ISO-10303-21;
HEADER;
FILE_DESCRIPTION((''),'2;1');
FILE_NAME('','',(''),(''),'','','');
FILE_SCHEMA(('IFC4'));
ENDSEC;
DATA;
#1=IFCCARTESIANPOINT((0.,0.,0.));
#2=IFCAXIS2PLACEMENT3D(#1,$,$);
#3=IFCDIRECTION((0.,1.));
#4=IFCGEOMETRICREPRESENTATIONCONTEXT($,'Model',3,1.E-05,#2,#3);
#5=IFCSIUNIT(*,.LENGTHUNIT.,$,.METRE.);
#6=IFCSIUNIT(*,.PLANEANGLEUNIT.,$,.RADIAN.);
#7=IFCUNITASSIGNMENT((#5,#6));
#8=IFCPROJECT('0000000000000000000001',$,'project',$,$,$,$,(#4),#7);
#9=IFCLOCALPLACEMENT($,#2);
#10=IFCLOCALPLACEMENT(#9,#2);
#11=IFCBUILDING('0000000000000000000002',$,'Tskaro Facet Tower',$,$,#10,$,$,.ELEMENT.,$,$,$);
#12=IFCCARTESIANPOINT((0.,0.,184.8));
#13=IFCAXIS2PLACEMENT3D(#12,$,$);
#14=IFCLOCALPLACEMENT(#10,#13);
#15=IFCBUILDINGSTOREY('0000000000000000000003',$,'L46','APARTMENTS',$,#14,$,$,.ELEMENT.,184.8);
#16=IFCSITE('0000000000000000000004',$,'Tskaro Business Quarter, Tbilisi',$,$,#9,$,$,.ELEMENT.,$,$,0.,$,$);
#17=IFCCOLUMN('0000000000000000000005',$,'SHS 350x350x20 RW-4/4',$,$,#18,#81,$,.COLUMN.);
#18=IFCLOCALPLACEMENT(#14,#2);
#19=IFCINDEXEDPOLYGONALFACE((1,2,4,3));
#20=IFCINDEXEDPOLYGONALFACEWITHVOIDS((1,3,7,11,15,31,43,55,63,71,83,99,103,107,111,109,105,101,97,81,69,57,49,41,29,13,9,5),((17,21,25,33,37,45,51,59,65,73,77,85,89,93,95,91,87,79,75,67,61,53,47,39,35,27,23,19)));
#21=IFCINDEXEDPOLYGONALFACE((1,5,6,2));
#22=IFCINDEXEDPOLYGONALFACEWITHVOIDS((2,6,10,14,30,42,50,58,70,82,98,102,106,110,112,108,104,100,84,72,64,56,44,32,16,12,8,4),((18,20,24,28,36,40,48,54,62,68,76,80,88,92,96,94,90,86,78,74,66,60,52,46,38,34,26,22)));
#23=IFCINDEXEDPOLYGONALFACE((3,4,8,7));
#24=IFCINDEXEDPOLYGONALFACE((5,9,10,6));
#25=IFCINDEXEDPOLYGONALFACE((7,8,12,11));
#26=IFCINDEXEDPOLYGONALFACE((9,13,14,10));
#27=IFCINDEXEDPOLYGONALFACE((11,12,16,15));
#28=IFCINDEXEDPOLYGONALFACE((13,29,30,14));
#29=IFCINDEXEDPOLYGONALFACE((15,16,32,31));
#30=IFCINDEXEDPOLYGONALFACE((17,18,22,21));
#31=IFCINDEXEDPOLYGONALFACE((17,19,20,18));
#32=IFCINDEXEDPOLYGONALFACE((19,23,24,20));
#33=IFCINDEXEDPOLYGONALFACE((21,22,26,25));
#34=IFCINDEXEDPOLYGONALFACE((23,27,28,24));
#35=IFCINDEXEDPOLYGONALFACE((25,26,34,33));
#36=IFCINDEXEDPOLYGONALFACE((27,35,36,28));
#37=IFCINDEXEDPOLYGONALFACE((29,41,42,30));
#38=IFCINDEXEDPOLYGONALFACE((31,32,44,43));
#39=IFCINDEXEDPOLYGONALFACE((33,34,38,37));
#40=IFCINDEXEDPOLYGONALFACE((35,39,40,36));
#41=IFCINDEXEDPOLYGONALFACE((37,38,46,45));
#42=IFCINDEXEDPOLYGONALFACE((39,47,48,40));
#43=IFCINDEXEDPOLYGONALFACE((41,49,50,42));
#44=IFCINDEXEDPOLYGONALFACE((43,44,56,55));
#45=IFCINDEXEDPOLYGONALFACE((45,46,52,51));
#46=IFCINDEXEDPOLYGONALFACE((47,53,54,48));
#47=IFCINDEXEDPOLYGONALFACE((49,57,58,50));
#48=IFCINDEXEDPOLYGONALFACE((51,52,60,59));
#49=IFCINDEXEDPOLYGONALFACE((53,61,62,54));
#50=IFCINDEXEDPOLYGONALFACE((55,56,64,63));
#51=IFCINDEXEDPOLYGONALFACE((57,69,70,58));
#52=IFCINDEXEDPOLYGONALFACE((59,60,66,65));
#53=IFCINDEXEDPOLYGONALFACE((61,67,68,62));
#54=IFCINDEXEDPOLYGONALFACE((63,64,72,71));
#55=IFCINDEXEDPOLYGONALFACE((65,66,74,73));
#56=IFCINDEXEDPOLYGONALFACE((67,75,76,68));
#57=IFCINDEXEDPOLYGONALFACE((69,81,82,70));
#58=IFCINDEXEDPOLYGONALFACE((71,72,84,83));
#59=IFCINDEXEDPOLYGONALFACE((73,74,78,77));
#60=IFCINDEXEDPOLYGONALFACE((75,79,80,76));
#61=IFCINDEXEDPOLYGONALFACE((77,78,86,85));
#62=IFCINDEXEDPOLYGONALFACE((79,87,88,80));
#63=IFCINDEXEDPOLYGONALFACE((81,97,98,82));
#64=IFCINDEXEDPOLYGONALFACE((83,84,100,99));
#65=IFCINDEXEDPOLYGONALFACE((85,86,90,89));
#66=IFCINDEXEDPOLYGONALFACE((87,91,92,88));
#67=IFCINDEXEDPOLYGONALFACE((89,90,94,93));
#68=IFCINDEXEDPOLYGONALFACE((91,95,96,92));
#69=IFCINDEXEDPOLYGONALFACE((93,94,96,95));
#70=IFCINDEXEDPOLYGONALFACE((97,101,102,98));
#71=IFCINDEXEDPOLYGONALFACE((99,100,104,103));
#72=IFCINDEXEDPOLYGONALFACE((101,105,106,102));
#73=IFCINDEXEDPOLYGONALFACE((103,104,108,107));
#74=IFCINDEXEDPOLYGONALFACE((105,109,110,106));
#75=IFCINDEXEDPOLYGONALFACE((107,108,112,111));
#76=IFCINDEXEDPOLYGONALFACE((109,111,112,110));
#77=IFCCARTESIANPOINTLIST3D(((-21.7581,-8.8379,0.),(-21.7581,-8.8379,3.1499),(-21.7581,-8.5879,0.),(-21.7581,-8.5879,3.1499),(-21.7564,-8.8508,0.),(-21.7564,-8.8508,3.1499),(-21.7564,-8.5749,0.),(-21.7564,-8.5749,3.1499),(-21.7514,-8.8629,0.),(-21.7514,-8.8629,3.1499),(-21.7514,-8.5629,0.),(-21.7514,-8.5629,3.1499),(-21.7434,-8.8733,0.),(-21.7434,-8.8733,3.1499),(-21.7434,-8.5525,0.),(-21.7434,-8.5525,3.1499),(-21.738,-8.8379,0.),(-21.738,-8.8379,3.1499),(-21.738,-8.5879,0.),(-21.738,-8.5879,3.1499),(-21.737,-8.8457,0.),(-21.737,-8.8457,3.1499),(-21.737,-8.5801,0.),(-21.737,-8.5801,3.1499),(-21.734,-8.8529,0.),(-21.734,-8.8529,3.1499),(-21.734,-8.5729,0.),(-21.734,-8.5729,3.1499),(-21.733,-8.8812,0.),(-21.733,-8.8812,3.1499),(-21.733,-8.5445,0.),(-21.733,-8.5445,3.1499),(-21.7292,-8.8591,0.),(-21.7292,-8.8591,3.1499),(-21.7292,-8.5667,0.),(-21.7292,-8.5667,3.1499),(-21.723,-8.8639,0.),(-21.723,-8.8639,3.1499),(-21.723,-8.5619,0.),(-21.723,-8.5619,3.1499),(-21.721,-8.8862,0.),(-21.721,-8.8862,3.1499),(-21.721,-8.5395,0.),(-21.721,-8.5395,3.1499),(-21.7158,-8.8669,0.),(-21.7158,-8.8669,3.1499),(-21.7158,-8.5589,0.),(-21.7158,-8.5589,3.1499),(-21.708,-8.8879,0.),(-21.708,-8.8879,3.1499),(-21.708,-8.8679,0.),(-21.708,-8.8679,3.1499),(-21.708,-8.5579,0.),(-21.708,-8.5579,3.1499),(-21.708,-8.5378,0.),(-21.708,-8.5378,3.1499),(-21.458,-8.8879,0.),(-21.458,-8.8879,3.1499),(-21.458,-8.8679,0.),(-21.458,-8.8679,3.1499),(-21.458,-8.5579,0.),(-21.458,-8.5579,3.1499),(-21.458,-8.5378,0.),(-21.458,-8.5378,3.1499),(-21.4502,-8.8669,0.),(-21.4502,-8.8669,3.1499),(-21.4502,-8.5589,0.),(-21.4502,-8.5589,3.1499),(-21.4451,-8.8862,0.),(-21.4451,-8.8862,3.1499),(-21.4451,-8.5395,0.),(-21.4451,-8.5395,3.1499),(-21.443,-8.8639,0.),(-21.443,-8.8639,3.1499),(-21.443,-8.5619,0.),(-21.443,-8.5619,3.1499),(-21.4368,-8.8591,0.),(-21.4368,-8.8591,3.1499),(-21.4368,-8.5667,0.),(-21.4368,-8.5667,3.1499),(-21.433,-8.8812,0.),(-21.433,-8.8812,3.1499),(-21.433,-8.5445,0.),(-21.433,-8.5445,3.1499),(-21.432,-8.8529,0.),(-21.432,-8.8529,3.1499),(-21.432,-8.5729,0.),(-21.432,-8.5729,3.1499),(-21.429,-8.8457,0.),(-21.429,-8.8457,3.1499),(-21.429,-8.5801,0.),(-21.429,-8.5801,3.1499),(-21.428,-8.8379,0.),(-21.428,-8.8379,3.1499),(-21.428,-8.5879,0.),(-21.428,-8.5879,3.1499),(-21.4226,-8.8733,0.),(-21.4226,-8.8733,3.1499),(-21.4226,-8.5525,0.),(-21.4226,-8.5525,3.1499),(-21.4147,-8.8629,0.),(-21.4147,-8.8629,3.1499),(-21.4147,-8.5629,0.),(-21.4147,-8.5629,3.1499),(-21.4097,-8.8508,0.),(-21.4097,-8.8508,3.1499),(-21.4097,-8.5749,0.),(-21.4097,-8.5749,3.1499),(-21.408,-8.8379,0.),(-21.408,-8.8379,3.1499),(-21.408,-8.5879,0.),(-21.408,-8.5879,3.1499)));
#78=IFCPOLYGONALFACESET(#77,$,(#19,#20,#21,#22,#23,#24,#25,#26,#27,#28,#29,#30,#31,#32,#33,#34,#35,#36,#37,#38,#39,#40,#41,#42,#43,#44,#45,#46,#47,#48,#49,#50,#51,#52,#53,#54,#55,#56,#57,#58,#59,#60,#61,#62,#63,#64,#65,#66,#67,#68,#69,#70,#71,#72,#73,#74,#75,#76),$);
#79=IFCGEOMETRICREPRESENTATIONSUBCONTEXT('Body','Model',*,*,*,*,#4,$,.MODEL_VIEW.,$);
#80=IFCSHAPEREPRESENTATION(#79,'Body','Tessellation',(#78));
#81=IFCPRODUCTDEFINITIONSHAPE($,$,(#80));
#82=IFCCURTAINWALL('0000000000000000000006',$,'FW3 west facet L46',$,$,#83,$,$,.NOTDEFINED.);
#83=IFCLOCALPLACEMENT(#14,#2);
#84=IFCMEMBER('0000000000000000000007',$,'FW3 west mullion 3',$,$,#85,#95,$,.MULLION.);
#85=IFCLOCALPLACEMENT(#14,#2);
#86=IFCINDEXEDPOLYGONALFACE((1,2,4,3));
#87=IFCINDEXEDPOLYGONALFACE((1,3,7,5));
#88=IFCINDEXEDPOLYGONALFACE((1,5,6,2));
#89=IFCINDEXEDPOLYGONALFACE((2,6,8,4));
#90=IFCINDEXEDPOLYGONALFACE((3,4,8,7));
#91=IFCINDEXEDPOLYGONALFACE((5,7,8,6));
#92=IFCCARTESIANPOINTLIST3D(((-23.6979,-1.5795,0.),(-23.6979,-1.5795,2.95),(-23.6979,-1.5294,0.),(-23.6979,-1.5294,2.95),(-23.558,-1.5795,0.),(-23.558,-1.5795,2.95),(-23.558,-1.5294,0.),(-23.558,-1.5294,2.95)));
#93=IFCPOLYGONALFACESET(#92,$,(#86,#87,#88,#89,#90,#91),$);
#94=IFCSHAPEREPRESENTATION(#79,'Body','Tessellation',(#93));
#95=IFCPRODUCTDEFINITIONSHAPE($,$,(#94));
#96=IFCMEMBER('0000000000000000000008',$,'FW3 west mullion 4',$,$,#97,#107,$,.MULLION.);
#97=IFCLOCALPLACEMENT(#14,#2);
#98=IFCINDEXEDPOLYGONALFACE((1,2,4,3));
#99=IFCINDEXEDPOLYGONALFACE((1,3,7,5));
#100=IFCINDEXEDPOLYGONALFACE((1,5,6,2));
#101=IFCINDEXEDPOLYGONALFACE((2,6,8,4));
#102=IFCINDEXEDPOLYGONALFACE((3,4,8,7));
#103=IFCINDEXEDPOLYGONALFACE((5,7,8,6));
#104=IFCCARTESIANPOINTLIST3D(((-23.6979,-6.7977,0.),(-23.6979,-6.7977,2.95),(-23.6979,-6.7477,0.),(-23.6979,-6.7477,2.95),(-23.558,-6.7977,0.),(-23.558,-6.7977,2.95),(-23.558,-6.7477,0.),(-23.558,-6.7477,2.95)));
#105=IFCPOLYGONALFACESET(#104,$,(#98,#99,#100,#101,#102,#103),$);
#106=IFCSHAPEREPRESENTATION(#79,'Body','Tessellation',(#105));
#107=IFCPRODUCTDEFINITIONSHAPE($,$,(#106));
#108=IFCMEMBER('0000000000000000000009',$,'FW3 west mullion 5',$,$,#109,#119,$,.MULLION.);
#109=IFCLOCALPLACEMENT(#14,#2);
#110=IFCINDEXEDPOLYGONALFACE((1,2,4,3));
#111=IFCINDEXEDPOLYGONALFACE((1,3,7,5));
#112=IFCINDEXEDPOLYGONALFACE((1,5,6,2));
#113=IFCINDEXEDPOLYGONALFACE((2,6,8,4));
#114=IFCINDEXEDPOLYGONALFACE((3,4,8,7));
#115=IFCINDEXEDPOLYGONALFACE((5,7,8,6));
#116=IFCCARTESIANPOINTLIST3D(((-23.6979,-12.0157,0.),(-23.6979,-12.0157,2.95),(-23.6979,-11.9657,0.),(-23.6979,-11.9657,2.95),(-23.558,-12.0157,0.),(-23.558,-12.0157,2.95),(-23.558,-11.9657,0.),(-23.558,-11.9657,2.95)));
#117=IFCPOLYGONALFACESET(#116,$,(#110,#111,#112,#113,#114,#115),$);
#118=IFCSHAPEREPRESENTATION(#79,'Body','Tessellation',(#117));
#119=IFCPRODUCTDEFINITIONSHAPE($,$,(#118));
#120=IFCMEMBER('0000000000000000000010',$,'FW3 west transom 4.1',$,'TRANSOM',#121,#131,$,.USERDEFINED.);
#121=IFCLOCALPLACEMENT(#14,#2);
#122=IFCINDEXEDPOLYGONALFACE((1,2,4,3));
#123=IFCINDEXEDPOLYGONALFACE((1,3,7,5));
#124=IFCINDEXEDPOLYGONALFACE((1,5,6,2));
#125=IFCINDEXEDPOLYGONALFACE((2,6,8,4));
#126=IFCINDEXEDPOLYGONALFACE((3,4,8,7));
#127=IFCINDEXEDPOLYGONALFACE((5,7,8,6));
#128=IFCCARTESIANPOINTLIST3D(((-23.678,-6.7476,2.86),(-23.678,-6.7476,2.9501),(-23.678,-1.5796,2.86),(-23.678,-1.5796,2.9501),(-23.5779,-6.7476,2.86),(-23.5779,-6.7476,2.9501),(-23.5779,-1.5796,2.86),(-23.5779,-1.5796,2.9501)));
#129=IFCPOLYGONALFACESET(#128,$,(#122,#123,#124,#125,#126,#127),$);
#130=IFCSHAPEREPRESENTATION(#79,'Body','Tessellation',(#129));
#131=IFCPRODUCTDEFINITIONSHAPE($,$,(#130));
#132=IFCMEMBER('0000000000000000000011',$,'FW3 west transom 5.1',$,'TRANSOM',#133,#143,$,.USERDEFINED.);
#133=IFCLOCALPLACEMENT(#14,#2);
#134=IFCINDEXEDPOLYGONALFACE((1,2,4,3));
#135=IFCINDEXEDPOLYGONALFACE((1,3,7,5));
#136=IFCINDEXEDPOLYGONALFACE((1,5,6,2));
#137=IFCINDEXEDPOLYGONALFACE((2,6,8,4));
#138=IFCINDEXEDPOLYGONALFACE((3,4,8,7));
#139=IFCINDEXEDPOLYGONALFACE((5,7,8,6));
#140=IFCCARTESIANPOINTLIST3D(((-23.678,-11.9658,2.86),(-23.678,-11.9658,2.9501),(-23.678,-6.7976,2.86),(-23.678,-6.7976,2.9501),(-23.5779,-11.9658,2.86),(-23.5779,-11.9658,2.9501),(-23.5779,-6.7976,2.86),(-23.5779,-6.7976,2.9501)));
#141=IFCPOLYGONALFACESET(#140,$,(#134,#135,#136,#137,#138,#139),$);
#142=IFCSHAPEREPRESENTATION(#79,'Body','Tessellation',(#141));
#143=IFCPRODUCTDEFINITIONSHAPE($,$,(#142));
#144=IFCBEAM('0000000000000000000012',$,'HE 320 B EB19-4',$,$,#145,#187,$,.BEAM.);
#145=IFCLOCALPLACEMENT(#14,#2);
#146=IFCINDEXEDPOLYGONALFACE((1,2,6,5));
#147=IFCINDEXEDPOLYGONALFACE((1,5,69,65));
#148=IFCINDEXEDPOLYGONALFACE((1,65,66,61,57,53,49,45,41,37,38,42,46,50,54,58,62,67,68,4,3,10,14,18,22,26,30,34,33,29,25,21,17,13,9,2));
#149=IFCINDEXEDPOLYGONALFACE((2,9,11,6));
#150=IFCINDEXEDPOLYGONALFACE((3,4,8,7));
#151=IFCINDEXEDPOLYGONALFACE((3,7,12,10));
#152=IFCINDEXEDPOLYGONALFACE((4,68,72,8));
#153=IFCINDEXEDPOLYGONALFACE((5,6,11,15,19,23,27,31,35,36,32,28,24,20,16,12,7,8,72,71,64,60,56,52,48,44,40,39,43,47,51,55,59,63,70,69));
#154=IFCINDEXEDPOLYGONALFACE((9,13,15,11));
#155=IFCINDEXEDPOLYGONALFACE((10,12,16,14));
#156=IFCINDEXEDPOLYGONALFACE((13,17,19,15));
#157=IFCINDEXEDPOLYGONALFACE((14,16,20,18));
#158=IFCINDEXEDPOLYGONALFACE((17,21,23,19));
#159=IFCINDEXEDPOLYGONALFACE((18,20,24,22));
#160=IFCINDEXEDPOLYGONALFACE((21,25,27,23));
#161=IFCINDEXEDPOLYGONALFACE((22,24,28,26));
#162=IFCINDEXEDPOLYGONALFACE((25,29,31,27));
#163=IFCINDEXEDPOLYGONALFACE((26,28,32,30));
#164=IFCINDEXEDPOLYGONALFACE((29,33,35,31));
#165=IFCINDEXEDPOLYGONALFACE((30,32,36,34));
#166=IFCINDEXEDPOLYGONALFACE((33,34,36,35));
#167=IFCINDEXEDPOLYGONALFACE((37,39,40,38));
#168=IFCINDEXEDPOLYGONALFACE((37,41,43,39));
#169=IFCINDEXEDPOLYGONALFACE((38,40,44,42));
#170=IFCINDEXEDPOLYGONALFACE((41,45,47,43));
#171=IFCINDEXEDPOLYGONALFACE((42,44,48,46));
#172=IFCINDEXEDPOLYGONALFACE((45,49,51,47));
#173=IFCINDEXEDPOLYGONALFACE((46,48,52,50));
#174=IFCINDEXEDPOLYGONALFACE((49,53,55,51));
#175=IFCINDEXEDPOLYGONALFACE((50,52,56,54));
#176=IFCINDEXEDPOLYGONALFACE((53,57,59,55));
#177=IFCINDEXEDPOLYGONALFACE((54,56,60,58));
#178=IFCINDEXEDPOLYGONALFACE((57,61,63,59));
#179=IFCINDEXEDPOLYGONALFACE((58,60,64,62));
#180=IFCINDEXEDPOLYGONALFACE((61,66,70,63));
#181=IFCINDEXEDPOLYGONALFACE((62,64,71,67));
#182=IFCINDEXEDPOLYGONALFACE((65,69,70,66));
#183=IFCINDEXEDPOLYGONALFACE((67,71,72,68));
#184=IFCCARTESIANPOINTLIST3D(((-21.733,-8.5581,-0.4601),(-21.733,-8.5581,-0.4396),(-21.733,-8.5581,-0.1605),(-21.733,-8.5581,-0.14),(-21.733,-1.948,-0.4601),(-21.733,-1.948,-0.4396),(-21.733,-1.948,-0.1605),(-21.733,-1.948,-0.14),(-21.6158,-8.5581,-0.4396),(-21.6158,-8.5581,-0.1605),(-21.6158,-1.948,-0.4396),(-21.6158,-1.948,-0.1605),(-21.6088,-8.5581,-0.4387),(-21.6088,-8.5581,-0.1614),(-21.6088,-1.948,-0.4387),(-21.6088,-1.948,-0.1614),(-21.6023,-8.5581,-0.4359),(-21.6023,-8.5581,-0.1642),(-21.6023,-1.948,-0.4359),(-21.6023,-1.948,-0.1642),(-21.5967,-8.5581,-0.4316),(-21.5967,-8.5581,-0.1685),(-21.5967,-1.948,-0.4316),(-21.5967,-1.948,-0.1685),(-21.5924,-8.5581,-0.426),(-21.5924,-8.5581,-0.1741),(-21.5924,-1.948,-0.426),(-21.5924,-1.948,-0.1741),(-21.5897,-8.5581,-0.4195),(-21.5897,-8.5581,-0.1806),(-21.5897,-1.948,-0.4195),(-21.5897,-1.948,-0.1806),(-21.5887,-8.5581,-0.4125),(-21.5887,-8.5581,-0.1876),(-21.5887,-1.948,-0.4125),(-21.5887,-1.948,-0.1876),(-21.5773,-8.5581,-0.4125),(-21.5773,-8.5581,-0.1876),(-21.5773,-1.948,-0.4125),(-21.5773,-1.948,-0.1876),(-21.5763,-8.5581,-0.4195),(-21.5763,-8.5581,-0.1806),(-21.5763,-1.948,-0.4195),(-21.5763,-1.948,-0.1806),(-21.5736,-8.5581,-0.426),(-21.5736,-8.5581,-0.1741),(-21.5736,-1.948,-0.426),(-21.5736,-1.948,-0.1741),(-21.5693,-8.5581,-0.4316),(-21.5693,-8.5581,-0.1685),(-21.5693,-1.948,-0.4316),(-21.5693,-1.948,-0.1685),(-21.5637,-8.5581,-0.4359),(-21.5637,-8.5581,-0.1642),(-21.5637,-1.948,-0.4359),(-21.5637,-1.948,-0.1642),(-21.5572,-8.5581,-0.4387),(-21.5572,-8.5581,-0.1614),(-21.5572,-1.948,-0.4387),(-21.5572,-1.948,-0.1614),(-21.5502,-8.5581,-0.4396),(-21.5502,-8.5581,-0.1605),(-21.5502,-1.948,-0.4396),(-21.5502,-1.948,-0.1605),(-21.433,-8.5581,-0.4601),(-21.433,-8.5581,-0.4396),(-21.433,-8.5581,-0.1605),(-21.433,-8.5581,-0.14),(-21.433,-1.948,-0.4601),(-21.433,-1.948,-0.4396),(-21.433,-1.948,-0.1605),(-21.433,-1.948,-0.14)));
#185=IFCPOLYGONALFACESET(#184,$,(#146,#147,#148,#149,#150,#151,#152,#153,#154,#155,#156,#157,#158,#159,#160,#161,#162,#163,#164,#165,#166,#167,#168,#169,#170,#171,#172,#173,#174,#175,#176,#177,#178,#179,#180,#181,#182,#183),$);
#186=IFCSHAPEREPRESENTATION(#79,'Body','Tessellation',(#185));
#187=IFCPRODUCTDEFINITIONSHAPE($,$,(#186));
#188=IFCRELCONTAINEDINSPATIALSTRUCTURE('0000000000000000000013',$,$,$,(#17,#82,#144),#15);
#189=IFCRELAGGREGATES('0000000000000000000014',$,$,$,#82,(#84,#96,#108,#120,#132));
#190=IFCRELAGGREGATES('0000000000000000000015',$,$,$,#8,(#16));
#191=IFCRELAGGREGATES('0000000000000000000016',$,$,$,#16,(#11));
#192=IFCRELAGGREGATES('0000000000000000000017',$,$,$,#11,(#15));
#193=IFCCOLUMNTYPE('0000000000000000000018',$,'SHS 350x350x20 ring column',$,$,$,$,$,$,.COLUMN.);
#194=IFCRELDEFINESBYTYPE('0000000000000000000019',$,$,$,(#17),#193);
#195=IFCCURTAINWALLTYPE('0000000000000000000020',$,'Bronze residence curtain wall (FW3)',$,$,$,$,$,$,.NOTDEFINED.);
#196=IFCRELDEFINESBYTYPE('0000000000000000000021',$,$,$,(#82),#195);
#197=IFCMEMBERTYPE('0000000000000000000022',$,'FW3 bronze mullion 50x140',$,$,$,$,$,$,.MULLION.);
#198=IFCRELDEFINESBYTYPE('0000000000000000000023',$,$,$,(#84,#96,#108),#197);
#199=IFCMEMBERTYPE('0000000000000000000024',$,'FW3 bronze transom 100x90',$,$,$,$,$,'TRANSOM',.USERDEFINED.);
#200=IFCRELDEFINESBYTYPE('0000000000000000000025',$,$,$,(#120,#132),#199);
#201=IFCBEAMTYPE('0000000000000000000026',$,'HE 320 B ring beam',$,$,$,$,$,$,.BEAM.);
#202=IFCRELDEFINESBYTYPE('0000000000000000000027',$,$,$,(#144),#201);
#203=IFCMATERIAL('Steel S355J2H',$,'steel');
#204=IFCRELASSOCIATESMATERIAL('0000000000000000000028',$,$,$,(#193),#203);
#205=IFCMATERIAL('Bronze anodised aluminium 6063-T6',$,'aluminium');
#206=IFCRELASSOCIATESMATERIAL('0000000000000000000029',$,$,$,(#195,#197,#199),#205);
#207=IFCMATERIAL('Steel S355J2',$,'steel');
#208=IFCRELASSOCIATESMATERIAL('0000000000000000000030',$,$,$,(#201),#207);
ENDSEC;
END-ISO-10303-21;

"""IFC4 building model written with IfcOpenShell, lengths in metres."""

from ifc_helpers import new_model, si_unit, direction, frame, origin, origin_2d, place, context, subcontext, project, spatial, rectangle, hollow_rectangle, i_section, extrude, material, material_profile, profile_set, type_object, element, aggregate, save


model = new_model("IFC4")

# Units and contexts
model_context = context("Model", 3, precision=1e-05, world=origin(), true_north=direction((0.0, 1.0)))
body_context = subcontext(model_context, "Body", "Model", "MODEL_VIEW")
ifc_project = project(units=[si_unit("LENGTHUNIT", "METRE"), si_unit("PLANEANGLEUNIT", "RADIAN")], contexts=[model_context])

# Site, building, storey
site_placement = place(None, origin())
site = spatial("IfcSite", under=ifc_project, at=site_placement, Name="Tskaro Business Quarter, Tbilisi", CompositionType="ELEMENT", RefElevation=0.0)
building_placement = place(site_placement, origin())
building = spatial("IfcBuilding", under=site, at=building_placement, Name="Tskaro Facet Tower", CompositionType="ELEMENT")
storey_placement = place(building_placement, frame((0.0, 0.0, 184.8)))
storey = spatial("IfcBuildingStorey", under=building, at=storey_placement, Name="L46", Description="APARTMENTS", CompositionType="ELEMENT", Elevation=184.8)

# Column
ifc_material_1 = material(Name="Steel S355J2H", Category="steel")
ifc_material_profile_1 = material_profile(ifc_material_1, hollow_rectangle(XDim=0.3501, YDim=0.3501, WallThickness=0.02, InnerFilletRadius=0.03, OuterFilletRadius=0.05, at=origin_2d()), Name="SHS 350x350x20")
ifc_profile_set_1 = profile_set([ifc_material_profile_1], Name="Steel S355J2H")
column_type_1 = type_object("IfcColumnType", Name="SHS 350x350x20 ring column", PredefinedType="COLUMN", material=ifc_profile_set_1)
for number, where, z_axis, x_axis, name in (
    (1, (-21.583, -8.7129, 0.0), (0.0, 0.0, 1.0), (1.0, 0.0, 0.0), "SHS 350x350x20 RW-4/4"),
):
    element("IfcColumn", number, at=place(storey_placement, frame(where, z_axis=z_axis, x_axis=x_axis)), inside=storey, type_object=column_type_1, Name=name, PredefinedType="COLUMN", context=body_context, shape_type="SweptSolid", body=[
        extrude(hollow_rectangle(XDim=0.3501, YDim=0.3501, WallThickness=0.02, InnerFilletRadius=0.03, OuterFilletRadius=0.05, at=origin_2d()), origin(), (0.0, 0.0, 1.0), 3.1499),
    ])

# Curtain wall, members
ifc_material_2 = material(Name="Bronze anodised aluminium 6063-T6", Category="aluminium")
curtain_wall_type = type_object("IfcCurtainWallType", Name="Bronze residence curtain wall (FW3)", PredefinedType="NOTDEFINED", material=ifc_material_2)
curtain_wall_placement = place(storey_placement, origin())
curtain_wall = element("IfcCurtainWall", 2, at=curtain_wall_placement, inside=storey, type_object=curtain_wall_type, Name="FW3 west facet L46", PredefinedType="NOTDEFINED")
ifc_material_profile_2 = material_profile(ifc_material_2, rectangle(XDim=0.05, YDim=0.1399, at=origin_2d()), Name="Mullion 50x140")
ifc_profile_set_2 = profile_set([ifc_material_profile_2], Name="Bronze anodised aluminium 6063-T6")
member_type_1 = type_object("IfcMemberType", Name="FW3 bronze mullion 50x140", PredefinedType="MULLION", material=ifc_profile_set_2)
member_1_placement = place(storey_placement, frame((-23.6279, -1.5544, 0.0), z_axis=(0.0, 0.0, 1.0), x_axis=(0.0, -1.0, 0.0)))
member_1 = element("IfcMember", 3, at=member_1_placement, type_object=member_type_1, Name="FW3 west mullion 3", PredefinedType="MULLION", context=body_context, shape_type="SweptSolid", body=[
    extrude(rectangle(XDim=0.05, YDim=0.1399, at=origin_2d()), origin(), (0.0, 0.0, 1.0), 2.95),
])
member_2_placement = place(storey_placement, frame((-23.6279, -6.7727, 0.0), z_axis=(0.0, 0.0, 1.0), x_axis=(0.0, -1.0, 0.0)))
member_2 = element("IfcMember", 4, at=member_2_placement, type_object=member_type_1, Name="FW3 west mullion 4", PredefinedType="MULLION", context=body_context, shape_type="SweptSolid", body=[
    extrude(rectangle(XDim=0.05, YDim=0.1399, at=origin_2d()), origin(), (0.0, 0.0, 1.0), 2.95),
])
member_3_placement = place(storey_placement, frame((-23.6279, -11.9907, 0.0), z_axis=(0.0, 0.0, 1.0), x_axis=(0.0, -1.0, 0.0)))
member_3 = element("IfcMember", 5, at=member_3_placement, type_object=member_type_1, Name="FW3 west mullion 5", PredefinedType="MULLION", context=body_context, shape_type="SweptSolid", body=[
    extrude(rectangle(XDim=0.05, YDim=0.1399, at=origin_2d()), origin(), (0.0, 0.0, 1.0), 2.95),
])
ifc_material_profile_3 = material_profile(ifc_material_2, rectangle(XDim=0.1001, YDim=0.0901, at=origin_2d()), Name="Transom 100x90")
ifc_profile_set_3 = profile_set([ifc_material_profile_3], Name="Bronze anodised aluminium 6063-T6")
member_type_2 = type_object("IfcMemberType", Name="FW3 bronze transom 100x90", ElementType="TRANSOM", PredefinedType="USERDEFINED", material=ifc_profile_set_3)
member_4_placement = place(storey_placement, frame((-23.6279, -1.5796, 2.905), z_axis=(0.0, -1.0, 0.0), x_axis=(1.0, 0.0, 0.0)))
member_4 = element("IfcMember", 6, at=member_4_placement, type_object=member_type_2, Name="FW3 west transom 4.1", ObjectType="TRANSOM", PredefinedType="USERDEFINED", context=body_context, shape_type="SweptSolid", body=[
    extrude(rectangle(XDim=0.1001, YDim=0.0901, at=origin_2d()), origin(), (0.0, 0.0, 1.0), 5.168),
])
member_5_placement = place(storey_placement, frame((-23.6279, -6.7976, 2.905), z_axis=(0.0, -1.0, 0.0), x_axis=(1.0, 0.0, 0.0)))
member_5 = element("IfcMember", 7, at=member_5_placement, type_object=member_type_2, Name="FW3 west transom 5.1", ObjectType="TRANSOM", PredefinedType="USERDEFINED", context=body_context, shape_type="SweptSolid", body=[
    extrude(rectangle(XDim=0.1001, YDim=0.0901, at=origin_2d()), origin(), (0.0, 0.0, 1.0), 5.1682),
])

# Beam
ifc_material_3 = material(Name="Steel S355J2", Category="steel")
ifc_material_profile_4 = material_profile(ifc_material_3, i_section(OverallWidth=0.3, OverallDepth=0.3201, WebThickness=0.0115, FlangeThickness=0.0205, FilletRadius=0.0271, at=origin_2d()), Name="HE 320 B")
ifc_profile_set_4 = profile_set([ifc_material_profile_4], Name="Steel S355J2")
beam_type_1 = type_object("IfcBeamType", Name="HE 320 B ring beam", PredefinedType="BEAM", material=ifc_profile_set_4)
for number, where, z_axis, x_axis, name in (
    (8, (-21.583, -1.948, -0.3), (0.0, -1.0, 0.0), (1.0, 0.0, 0.0), "HE 320 B EB19-4"),
):
    element("IfcBeam", number, at=place(storey_placement, frame(where, z_axis=z_axis, x_axis=x_axis)), inside=storey, type_object=beam_type_1, Name=name, PredefinedType="BEAM", context=body_context, shape_type="SweptSolid", body=[
        extrude(i_section(OverallWidth=0.3, OverallDepth=0.3201, WebThickness=0.0115, FlangeThickness=0.0205, FilletRadius=0.0271, at=origin_2d()), origin(), (0.0, 0.0, 1.0), 6.6101),
    ])

aggregate(curtain_wall, [member_1, member_2, member_3, member_4, member_5])

save(model, "model.ifc")
